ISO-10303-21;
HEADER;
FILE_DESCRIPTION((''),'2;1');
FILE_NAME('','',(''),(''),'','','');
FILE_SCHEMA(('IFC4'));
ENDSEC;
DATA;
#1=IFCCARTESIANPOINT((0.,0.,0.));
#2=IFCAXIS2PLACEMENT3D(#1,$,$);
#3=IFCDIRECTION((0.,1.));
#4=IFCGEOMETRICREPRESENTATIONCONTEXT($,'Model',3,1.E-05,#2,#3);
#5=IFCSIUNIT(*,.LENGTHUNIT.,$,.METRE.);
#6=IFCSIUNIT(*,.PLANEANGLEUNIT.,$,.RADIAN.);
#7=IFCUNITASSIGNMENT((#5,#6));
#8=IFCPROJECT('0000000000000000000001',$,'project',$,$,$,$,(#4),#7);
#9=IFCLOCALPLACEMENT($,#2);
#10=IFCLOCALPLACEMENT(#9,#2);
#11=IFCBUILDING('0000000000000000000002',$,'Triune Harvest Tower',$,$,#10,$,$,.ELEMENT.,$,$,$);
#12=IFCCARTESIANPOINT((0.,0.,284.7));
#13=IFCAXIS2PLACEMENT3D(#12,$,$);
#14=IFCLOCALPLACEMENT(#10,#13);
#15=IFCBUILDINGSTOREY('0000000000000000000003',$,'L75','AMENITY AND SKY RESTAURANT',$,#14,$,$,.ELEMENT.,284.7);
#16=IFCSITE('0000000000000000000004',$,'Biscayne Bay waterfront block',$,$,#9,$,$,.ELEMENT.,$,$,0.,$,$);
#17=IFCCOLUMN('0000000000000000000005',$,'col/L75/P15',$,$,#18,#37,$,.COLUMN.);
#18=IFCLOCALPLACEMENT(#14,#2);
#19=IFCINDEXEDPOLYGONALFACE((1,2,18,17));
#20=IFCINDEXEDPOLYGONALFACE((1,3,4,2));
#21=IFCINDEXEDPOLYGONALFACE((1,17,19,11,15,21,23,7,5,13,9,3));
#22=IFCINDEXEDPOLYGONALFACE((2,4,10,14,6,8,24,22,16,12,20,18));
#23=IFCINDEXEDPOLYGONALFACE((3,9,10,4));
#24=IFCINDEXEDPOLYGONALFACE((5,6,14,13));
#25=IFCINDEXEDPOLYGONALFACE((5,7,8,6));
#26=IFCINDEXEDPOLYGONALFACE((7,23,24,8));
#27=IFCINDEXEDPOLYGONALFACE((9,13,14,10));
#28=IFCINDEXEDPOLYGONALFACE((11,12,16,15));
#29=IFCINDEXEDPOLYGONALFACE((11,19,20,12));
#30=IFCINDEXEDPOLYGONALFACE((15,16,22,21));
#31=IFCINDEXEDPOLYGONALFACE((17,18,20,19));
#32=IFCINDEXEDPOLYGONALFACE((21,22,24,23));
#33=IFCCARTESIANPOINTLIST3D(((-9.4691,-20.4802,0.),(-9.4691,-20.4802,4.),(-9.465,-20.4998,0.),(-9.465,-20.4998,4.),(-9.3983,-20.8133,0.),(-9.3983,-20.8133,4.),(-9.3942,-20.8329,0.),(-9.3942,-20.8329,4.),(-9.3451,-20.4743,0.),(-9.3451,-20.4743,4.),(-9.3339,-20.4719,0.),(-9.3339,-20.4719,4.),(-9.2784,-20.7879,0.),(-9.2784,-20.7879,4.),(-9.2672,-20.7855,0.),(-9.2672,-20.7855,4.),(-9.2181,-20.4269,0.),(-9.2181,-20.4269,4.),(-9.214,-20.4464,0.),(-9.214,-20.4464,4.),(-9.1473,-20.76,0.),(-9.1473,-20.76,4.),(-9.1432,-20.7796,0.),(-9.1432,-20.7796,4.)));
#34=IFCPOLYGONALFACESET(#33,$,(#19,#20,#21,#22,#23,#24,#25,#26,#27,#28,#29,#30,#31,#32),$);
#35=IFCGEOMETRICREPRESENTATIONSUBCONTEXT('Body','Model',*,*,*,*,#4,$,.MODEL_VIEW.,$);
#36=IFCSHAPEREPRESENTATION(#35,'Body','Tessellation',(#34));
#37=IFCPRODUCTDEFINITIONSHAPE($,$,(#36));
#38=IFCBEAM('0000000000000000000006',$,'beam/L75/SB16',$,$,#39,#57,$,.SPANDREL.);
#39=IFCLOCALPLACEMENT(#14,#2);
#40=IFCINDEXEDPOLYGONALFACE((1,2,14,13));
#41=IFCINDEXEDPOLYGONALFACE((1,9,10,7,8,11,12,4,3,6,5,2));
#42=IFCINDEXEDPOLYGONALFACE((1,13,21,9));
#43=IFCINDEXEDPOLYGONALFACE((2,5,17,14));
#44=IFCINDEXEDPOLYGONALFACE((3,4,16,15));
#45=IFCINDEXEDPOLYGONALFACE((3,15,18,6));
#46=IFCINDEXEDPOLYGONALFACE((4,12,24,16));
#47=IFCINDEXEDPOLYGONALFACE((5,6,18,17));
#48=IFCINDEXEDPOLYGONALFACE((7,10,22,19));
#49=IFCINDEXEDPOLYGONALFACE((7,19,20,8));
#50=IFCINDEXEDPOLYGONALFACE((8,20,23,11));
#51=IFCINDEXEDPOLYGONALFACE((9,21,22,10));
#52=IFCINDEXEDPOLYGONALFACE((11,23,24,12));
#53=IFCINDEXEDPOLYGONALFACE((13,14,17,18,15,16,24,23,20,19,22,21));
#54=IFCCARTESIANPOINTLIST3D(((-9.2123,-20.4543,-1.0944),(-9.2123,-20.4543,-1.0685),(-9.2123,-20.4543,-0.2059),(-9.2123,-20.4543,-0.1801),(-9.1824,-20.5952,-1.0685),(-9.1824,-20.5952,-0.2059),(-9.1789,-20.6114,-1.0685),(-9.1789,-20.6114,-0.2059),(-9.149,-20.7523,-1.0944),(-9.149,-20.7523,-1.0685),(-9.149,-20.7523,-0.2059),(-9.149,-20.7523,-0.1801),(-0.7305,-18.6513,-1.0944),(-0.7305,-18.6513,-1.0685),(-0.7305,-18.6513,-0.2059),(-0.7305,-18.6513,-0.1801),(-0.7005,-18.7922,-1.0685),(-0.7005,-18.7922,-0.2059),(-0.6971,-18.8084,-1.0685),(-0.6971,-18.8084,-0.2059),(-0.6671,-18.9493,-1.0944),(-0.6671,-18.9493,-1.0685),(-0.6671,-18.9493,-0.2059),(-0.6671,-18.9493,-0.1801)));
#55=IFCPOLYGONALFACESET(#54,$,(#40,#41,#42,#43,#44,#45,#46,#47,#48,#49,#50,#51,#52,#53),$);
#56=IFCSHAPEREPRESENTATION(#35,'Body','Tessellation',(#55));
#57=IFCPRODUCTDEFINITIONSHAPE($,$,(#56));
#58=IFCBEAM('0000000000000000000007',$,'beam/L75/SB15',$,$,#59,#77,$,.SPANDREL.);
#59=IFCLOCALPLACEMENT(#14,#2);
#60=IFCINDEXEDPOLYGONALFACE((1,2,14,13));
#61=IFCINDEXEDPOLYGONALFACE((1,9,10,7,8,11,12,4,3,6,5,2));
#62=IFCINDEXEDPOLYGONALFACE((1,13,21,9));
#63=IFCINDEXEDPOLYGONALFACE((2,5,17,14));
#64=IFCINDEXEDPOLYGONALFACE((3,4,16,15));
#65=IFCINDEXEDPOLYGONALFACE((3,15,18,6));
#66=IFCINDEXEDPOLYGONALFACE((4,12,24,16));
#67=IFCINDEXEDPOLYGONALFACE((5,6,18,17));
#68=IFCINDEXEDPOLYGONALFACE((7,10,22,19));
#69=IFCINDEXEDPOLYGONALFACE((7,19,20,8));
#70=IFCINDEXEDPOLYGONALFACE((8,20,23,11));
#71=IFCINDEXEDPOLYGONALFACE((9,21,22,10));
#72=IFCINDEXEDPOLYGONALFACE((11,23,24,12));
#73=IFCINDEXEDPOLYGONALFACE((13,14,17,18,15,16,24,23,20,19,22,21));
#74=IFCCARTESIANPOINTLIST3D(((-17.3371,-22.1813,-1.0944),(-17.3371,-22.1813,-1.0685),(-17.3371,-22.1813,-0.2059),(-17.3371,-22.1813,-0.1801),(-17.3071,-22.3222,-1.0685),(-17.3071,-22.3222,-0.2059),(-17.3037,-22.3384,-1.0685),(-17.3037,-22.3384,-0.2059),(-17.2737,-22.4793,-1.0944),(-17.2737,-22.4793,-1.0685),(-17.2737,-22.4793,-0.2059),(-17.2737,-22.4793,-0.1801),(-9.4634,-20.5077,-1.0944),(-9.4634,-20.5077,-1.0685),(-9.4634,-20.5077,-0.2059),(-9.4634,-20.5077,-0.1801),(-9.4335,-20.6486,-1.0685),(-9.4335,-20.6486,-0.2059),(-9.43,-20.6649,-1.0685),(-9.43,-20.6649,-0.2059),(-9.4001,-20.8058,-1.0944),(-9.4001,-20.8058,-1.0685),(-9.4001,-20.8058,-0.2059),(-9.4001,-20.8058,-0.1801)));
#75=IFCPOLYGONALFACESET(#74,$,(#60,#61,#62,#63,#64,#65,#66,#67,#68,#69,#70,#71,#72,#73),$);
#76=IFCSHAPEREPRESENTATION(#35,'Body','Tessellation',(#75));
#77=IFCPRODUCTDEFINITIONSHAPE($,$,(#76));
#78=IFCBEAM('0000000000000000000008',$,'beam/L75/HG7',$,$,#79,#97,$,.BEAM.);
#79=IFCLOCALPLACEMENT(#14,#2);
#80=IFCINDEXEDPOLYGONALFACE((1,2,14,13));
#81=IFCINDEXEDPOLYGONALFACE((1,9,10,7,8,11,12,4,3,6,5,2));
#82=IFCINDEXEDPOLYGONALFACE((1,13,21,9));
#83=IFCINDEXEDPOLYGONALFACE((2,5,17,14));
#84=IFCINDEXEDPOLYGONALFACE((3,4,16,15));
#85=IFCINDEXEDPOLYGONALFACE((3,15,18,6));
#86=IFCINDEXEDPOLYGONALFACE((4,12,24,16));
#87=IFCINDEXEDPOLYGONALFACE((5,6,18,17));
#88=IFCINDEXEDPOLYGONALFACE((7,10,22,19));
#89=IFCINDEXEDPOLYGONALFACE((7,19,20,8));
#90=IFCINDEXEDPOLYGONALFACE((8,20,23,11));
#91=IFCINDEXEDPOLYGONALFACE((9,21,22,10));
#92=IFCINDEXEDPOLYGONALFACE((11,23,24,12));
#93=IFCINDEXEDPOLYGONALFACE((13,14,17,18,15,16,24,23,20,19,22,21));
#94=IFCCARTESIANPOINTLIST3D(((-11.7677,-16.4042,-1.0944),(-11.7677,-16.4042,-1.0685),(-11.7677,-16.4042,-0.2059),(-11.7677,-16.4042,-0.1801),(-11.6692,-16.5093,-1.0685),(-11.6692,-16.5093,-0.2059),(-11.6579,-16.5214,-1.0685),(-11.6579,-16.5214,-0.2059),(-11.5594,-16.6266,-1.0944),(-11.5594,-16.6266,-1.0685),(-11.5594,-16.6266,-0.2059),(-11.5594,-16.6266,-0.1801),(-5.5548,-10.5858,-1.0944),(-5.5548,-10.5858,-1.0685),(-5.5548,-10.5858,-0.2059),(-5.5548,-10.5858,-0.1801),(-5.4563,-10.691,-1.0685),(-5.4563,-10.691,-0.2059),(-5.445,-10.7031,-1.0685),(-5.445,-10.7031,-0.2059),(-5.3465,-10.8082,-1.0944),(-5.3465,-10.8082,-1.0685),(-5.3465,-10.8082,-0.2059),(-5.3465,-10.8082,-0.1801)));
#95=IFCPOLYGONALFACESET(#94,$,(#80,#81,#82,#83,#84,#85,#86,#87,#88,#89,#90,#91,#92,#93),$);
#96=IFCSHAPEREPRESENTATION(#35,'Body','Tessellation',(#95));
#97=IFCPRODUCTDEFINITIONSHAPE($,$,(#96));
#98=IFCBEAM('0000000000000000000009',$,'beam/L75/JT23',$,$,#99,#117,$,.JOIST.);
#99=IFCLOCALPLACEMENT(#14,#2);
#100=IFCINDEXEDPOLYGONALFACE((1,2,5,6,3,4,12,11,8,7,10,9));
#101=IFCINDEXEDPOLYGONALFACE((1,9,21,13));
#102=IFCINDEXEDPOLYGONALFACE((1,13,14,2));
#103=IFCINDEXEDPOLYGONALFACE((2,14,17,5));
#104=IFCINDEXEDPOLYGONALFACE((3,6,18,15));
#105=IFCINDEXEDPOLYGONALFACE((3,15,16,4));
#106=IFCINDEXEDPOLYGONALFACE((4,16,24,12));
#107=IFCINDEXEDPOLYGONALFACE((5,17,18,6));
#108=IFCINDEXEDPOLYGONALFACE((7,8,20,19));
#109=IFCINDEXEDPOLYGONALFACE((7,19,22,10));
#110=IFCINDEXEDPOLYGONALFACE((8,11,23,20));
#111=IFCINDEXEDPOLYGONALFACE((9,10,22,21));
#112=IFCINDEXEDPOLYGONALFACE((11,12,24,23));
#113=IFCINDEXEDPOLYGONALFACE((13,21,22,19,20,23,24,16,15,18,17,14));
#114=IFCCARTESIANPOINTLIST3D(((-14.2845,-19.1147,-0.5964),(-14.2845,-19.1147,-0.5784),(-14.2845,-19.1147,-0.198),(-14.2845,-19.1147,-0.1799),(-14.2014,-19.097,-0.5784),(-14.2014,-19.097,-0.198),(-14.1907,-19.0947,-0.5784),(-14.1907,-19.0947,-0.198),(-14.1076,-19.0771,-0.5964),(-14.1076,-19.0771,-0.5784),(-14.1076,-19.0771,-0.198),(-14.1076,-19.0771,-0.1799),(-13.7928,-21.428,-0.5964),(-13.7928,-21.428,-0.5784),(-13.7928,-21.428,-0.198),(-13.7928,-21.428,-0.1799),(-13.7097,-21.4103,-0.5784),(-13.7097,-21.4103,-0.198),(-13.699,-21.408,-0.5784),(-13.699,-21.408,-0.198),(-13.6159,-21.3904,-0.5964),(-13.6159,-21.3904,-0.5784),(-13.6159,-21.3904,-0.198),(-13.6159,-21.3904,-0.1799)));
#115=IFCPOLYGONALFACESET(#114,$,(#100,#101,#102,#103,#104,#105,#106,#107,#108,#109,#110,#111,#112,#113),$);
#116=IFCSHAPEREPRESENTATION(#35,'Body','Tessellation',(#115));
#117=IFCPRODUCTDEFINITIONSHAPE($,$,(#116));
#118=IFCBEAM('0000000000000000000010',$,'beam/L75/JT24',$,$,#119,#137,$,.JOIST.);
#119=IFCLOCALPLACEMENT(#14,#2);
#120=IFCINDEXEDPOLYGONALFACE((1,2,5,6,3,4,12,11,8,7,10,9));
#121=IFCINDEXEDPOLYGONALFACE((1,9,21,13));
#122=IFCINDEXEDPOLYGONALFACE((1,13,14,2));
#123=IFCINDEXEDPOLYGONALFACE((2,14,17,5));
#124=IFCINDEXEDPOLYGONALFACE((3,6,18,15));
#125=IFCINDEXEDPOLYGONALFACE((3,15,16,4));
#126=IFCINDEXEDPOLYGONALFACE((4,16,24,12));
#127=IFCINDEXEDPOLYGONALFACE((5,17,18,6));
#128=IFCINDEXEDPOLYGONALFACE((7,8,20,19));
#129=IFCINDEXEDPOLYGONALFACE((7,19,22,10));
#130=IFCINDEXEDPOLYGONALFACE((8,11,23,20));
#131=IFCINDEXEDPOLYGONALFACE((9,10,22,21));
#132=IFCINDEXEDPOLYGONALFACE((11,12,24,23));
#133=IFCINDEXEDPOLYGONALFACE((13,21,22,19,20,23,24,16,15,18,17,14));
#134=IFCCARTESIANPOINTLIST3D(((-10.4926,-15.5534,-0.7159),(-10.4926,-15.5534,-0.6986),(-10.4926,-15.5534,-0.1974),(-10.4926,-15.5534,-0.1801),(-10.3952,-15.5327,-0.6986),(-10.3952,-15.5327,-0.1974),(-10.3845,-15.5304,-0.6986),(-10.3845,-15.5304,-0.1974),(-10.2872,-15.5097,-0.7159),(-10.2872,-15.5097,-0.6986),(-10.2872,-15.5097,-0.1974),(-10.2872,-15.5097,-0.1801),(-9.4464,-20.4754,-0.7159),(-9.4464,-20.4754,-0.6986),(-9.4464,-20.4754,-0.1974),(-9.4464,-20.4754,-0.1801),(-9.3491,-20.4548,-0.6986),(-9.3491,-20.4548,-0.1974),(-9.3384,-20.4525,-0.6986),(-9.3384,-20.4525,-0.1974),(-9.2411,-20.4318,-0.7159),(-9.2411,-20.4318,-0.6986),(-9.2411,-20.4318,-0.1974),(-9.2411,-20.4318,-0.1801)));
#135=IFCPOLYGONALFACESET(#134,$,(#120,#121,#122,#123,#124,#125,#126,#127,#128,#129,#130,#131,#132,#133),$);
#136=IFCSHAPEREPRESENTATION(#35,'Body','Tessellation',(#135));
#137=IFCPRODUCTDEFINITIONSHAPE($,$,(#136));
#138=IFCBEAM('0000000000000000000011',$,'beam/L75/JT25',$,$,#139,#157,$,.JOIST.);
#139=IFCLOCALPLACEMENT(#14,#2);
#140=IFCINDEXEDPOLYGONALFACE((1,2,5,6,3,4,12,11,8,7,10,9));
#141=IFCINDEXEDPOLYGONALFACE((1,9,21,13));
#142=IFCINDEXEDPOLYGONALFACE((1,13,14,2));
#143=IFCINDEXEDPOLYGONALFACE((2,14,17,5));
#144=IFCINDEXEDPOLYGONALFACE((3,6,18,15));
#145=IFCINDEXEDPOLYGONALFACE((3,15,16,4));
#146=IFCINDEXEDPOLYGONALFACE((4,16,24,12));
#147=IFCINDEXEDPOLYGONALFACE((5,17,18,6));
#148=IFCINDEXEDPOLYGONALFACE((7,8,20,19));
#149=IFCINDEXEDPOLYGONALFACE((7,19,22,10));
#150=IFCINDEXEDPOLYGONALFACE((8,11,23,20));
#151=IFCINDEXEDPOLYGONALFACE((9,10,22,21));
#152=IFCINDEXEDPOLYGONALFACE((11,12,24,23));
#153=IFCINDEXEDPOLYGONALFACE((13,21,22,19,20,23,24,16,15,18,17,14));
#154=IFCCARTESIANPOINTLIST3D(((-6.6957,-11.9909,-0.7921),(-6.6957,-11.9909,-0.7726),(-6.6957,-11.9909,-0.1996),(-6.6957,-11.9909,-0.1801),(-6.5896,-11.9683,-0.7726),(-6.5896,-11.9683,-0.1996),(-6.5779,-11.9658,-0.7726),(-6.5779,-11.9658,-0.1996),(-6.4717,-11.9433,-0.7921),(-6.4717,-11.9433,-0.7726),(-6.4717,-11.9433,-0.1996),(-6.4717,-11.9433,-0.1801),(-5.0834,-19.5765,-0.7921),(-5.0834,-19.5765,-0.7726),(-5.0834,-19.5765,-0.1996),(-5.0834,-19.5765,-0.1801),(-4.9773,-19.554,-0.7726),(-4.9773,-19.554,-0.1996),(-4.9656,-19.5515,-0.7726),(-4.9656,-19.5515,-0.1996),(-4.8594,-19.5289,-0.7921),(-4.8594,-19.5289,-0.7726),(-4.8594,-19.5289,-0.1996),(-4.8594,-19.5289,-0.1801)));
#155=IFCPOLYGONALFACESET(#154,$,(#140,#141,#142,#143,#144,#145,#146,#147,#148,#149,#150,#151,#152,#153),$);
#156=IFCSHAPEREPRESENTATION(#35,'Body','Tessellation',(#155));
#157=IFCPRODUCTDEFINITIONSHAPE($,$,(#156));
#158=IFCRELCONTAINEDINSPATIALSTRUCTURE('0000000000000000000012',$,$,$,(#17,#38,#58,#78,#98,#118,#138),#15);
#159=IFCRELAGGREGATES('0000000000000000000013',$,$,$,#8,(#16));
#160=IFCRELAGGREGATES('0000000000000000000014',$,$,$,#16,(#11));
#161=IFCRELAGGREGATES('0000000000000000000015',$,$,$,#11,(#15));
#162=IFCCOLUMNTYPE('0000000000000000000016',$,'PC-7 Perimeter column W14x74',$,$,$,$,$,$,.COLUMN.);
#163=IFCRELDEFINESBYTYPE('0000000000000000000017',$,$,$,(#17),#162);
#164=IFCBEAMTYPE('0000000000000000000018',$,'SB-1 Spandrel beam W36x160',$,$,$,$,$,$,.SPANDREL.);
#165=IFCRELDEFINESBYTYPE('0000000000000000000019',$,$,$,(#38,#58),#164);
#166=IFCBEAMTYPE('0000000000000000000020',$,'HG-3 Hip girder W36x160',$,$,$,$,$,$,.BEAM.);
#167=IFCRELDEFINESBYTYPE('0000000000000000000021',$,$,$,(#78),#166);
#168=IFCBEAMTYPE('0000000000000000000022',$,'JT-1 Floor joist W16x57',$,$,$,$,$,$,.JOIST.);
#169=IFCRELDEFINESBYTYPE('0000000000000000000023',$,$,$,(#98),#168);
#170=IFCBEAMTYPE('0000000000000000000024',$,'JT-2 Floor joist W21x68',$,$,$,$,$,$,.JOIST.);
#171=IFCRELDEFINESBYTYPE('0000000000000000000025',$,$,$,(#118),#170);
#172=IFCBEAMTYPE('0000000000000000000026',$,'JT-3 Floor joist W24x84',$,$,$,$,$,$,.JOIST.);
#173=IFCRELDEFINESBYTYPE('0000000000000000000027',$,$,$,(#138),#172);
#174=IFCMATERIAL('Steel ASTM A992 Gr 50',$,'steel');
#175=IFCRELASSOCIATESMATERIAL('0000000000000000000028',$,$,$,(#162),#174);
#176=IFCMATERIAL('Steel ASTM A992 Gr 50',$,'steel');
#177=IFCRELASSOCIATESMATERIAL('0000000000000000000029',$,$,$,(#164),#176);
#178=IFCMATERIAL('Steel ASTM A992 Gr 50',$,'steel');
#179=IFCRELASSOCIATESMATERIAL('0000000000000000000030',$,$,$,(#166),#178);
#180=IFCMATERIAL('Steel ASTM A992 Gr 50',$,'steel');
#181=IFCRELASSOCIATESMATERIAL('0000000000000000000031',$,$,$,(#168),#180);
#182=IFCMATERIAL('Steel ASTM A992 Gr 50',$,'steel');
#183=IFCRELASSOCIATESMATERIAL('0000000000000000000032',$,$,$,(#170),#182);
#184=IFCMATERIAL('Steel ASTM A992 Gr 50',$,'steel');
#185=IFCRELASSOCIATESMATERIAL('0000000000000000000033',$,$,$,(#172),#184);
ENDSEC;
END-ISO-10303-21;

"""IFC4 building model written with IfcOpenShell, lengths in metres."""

from ifc_helpers import new_model, si_unit, direction, frame, origin, origin_2d, place, context, subcontext, project, spatial, i_section, extrude, source, transform, mapped, material, material_profile, profile_set, type_object, element, save


model = new_model("IFC4")

# Units and contexts
model_context = context("Model", 3, precision=1e-05, world=origin(), true_north=direction((0.0, 1.0)))
body_context = subcontext(model_context, "Body", "Model", "MODEL_VIEW")
ifc_project = project(units=[si_unit("LENGTHUNIT", "METRE"), si_unit("PLANEANGLEUNIT", "RADIAN")], contexts=[model_context])

# Site, building, storey
site_placement = place(None, origin())
site = spatial("IfcSite", under=ifc_project, at=site_placement, Name="Biscayne Bay waterfront block", CompositionType="ELEMENT", RefElevation=0.0)
building_placement = place(site_placement, origin())
building = spatial("IfcBuilding", under=site, at=building_placement, Name="Triune Harvest Tower", CompositionType="ELEMENT")
storey_placement = place(building_placement, frame((0.0, 0.0, 284.7)))
storey = spatial("IfcBuildingStorey", under=building, at=storey_placement, Name="L75", Description="AMENITY AND SKY RESTAURANT", CompositionType="ELEMENT", Elevation=284.7)

# Column
ifc_material_1 = material(Name="Steel ASTM A992 Gr 50", Category="steel")
ifc_material_profile_1 = material_profile(ifc_material_1, i_section(OverallWidth=0.2566, OverallDepth=0.3606, WebThickness=0.0115, FlangeThickness=0.02, at=origin_2d()), Name="W14x74")
ifc_profile_set_1 = profile_set([ifc_material_profile_1], Name="Steel ASTM A992 Gr 50")
column_type = type_object("IfcColumnType", Name="PC-7 Perimeter column W14x74", PredefinedType="COLUMN", material=ifc_profile_set_1)
shared_shape_1 = source(origin(), body_context, "Body", "SweptSolid", [
    extrude(i_section(OverallWidth=0.2566, OverallDepth=0.3606, WebThickness=0.0115, FlangeThickness=0.02, at=origin_2d()), origin(), (0.0, 0.0, 1.0), 4.0),
])
column_placement = place(storey_placement, frame((-9.3062, -20.6299, 0.0), z_axis=(0.0, 0.0, 1.0), x_axis=(0.978147, 0.207913, 0.0)))
element("IfcColumn", 1, at=column_placement, inside=storey, type_object=column_type, Name="col/L75/P15", PredefinedType="COLUMN", context=body_context, shape_type="MappedRepresentation", body=[
    mapped(shared_shape_1, transform((0.0, 0.0, 0.0), scale=1.0)),
])

# Beams
ifc_material_2 = material(Name="Steel ASTM A992 Gr 50", Category="steel")
ifc_material_profile_2 = material_profile(ifc_material_2, i_section(OverallWidth=0.3047, OverallDepth=0.9143, WebThickness=0.0166, FlangeThickness=0.0259, at=origin_2d()), Name="W36x160")
ifc_profile_set_2 = profile_set([ifc_material_profile_2], Name="Steel ASTM A992 Gr 50")
beam_type_1 = type_object("IfcBeamType", Name="SB-1 Spandrel beam W36x160", PredefinedType="SPANDREL", material=ifc_profile_set_2)
shared_shape_2 = source(origin(), body_context, "Body", "SweptSolid", [
    extrude(i_section(OverallWidth=0.3047, OverallDepth=0.9143, WebThickness=0.0166, FlangeThickness=0.0259, at=origin_2d()), origin(), (0.0, 0.0, 1.0), 8.6714),
])
beam_1_placement = place(storey_placement, frame((-9.1807, -20.6033, -0.6372), z_axis=(0.978146, 0.207921, 0.0), x_axis=(-0.207921, 0.978146, 0.0)))
element("IfcBeam", 2, at=beam_1_placement, inside=storey, type_object=beam_type_1, Name="beam/L75/SB16", PredefinedType="SPANDREL", context=body_context, shape_type="MappedRepresentation", body=[
    mapped(shared_shape_2, transform((0.0, 0.0, 0.0), scale=1.0)),
])
shared_shape_3 = source(origin(), body_context, "Body", "SweptSolid", [
    extrude(i_section(OverallWidth=0.3047, OverallDepth=0.9143, WebThickness=0.0166, FlangeThickness=0.0259, at=origin_2d()), origin(), (0.0, 0.0, 1.0), 8.0496),
])
beam_2_placement = place(storey_placement, frame((-17.3054, -22.3303, -0.6372), z_axis=(0.978149, 0.207907, 0.0), x_axis=(-0.207907, 0.978149, 0.0)))
element("IfcBeam", 3, at=beam_2_placement, inside=storey, type_object=beam_type_1, Name="beam/L75/SB15", PredefinedType="SPANDREL", context=body_context, shape_type="MappedRepresentation", body=[
    mapped(shared_shape_3, transform((0.0, 0.0, 0.0), scale=1.0)),
])
ifc_material_3 = material(Name="Steel ASTM A992 Gr 50", Category="steel")
ifc_material_profile_3 = material_profile(ifc_material_3, i_section(OverallWidth=0.3047, OverallDepth=0.9143, WebThickness=0.0166, FlangeThickness=0.0259, at=origin_2d()), Name="W36x160")
ifc_profile_set_3 = profile_set([ifc_material_profile_3], Name="Steel ASTM A992 Gr 50")
beam_type_2 = type_object("IfcBeamType", Name="HG-3 Hip girder W36x160", PredefinedType="BEAM", material=ifc_profile_set_3)
shared_shape_4 = source(origin(), body_context, "Body", "SweptSolid", [
    extrude(i_section(OverallWidth=0.3047, OverallDepth=0.9143, WebThickness=0.0166, FlangeThickness=0.0259, at=origin_2d()), origin(), (0.0, 0.0, 1.0), 8.512),
])
beam_3_placement = place(storey_placement, frame((-11.6636, -16.5154, -0.6372), z_axis=(0.729902, 0.683552, 0.0), x_axis=(-0.683552, 0.729902, 0.0)))
element("IfcBeam", 4, at=beam_3_placement, inside=storey, type_object=beam_type_2, Name="beam/L75/HG7", PredefinedType="BEAM", context=body_context, shape_type="MappedRepresentation", body=[
    mapped(shared_shape_4, transform((0.0, 0.0, 0.0), scale=1.0)),
])
ifc_material_4 = material(Name="Steel ASTM A992 Gr 50", Category="steel")
ifc_material_profile_4 = material_profile(ifc_material_4, i_section(OverallWidth=0.1809, OverallDepth=0.4165, WebThickness=0.011, FlangeThickness=0.0181, at=origin_2d()), Name="W16x57")
ifc_profile_set_4 = profile_set([ifc_material_profile_4], Name="Steel ASTM A992 Gr 50")
beam_type_3 = type_object("IfcBeamType", Name="JT-1 Floor joist W16x57", PredefinedType="JOIST", material=ifc_profile_set_4)
shared_shape_5 = source(origin(), body_context, "Body", "SweptSolid", [
    extrude(i_section(OverallWidth=0.1809, OverallDepth=0.4165, WebThickness=0.011, FlangeThickness=0.0181, at=origin_2d()), origin(), (0.0, 0.0, 1.0), 2.365),
])
beam_4_placement = place(storey_placement, frame((-13.7043, -21.4092, -0.3882), z_axis=(-0.207914, 0.978147, 0.0), x_axis=(-0.978147, -0.207914, 0.0)))
element("IfcBeam", 5, at=beam_4_placement, inside=storey, type_object=beam_type_3, Name="beam/L75/JT23", PredefinedType="JOIST", context=body_context, shape_type="MappedRepresentation", body=[
    mapped(shared_shape_5, transform((0.0, 0.0, 0.0), scale=1.0)),
])
ifc_material_5 = material(Name="Steel ASTM A992 Gr 50", Category="steel")
ifc_material_profile_5 = material_profile(ifc_material_5, i_section(OverallWidth=0.21, OverallDepth=0.5359, WebThickness=0.011, FlangeThickness=0.0173, at=origin_2d()), Name="W21x68")
ifc_profile_set_5 = profile_set([ifc_material_profile_5], Name="Steel ASTM A992 Gr 50")
beam_type_4 = type_object("IfcBeamType", Name="JT-2 Floor joist W21x68", PredefinedType="JOIST", material=ifc_profile_set_5)
shared_shape_6 = source(origin(), body_context, "Body", "SweptSolid", [
    extrude(i_section(OverallWidth=0.21, OverallDepth=0.5359, WebThickness=0.011, FlangeThickness=0.0173, at=origin_2d()), origin(), (0.0, 0.0, 1.0), 5.032),
])
beam_5_placement = place(storey_placement, frame((-9.3438, -20.4536, -0.448), z_axis=(-0.207895, 0.978151, 0.0), x_axis=(-0.978151, -0.207895, 0.0)))
element("IfcBeam", 6, at=beam_5_placement, inside=storey, type_object=beam_type_4, Name="beam/L75/JT24", PredefinedType="JOIST", context=body_context, shape_type="MappedRepresentation", body=[
    mapped(shared_shape_6, transform((0.0, 0.0, 0.0), scale=1.0)),
])
ifc_material_6 = material(Name="Steel ASTM A992 Gr 50", Category="steel")
ifc_material_profile_6 = material_profile(ifc_material_6, i_section(OverallWidth=0.229, OverallDepth=0.6121, WebThickness=0.012, FlangeThickness=0.0195, at=origin_2d()), Name="W24x84")
ifc_profile_set_6 = profile_set([ifc_material_profile_6], Name="Steel ASTM A992 Gr 50")
beam_type_5 = type_object("IfcBeamType", Name="JT-3 Floor joist W24x84", PredefinedType="JOIST", material=ifc_profile_set_6)
shared_shape_7 = source(origin(), body_context, "Body", "SweptSolid", [
    extrude(i_section(OverallWidth=0.229, OverallDepth=0.6121, WebThickness=0.012, FlangeThickness=0.0195, at=origin_2d()), origin(), (0.0, 0.0, 1.0), 7.7551),
])
beam_6_placement = place(storey_placement, frame((-4.9714, -19.5527, -0.4861), z_axis=(-0.207901, 0.97815, 0.0), x_axis=(-0.97815, -0.207901, 0.0)))
element("IfcBeam", 7, at=beam_6_placement, inside=storey, type_object=beam_type_5, Name="beam/L75/JT25", PredefinedType="JOIST", context=body_context, shape_type="MappedRepresentation", body=[
    mapped(shared_shape_7, transform((0.0, 0.0, 0.0), scale=1.0)),
])

save(model, "model.ifc")
